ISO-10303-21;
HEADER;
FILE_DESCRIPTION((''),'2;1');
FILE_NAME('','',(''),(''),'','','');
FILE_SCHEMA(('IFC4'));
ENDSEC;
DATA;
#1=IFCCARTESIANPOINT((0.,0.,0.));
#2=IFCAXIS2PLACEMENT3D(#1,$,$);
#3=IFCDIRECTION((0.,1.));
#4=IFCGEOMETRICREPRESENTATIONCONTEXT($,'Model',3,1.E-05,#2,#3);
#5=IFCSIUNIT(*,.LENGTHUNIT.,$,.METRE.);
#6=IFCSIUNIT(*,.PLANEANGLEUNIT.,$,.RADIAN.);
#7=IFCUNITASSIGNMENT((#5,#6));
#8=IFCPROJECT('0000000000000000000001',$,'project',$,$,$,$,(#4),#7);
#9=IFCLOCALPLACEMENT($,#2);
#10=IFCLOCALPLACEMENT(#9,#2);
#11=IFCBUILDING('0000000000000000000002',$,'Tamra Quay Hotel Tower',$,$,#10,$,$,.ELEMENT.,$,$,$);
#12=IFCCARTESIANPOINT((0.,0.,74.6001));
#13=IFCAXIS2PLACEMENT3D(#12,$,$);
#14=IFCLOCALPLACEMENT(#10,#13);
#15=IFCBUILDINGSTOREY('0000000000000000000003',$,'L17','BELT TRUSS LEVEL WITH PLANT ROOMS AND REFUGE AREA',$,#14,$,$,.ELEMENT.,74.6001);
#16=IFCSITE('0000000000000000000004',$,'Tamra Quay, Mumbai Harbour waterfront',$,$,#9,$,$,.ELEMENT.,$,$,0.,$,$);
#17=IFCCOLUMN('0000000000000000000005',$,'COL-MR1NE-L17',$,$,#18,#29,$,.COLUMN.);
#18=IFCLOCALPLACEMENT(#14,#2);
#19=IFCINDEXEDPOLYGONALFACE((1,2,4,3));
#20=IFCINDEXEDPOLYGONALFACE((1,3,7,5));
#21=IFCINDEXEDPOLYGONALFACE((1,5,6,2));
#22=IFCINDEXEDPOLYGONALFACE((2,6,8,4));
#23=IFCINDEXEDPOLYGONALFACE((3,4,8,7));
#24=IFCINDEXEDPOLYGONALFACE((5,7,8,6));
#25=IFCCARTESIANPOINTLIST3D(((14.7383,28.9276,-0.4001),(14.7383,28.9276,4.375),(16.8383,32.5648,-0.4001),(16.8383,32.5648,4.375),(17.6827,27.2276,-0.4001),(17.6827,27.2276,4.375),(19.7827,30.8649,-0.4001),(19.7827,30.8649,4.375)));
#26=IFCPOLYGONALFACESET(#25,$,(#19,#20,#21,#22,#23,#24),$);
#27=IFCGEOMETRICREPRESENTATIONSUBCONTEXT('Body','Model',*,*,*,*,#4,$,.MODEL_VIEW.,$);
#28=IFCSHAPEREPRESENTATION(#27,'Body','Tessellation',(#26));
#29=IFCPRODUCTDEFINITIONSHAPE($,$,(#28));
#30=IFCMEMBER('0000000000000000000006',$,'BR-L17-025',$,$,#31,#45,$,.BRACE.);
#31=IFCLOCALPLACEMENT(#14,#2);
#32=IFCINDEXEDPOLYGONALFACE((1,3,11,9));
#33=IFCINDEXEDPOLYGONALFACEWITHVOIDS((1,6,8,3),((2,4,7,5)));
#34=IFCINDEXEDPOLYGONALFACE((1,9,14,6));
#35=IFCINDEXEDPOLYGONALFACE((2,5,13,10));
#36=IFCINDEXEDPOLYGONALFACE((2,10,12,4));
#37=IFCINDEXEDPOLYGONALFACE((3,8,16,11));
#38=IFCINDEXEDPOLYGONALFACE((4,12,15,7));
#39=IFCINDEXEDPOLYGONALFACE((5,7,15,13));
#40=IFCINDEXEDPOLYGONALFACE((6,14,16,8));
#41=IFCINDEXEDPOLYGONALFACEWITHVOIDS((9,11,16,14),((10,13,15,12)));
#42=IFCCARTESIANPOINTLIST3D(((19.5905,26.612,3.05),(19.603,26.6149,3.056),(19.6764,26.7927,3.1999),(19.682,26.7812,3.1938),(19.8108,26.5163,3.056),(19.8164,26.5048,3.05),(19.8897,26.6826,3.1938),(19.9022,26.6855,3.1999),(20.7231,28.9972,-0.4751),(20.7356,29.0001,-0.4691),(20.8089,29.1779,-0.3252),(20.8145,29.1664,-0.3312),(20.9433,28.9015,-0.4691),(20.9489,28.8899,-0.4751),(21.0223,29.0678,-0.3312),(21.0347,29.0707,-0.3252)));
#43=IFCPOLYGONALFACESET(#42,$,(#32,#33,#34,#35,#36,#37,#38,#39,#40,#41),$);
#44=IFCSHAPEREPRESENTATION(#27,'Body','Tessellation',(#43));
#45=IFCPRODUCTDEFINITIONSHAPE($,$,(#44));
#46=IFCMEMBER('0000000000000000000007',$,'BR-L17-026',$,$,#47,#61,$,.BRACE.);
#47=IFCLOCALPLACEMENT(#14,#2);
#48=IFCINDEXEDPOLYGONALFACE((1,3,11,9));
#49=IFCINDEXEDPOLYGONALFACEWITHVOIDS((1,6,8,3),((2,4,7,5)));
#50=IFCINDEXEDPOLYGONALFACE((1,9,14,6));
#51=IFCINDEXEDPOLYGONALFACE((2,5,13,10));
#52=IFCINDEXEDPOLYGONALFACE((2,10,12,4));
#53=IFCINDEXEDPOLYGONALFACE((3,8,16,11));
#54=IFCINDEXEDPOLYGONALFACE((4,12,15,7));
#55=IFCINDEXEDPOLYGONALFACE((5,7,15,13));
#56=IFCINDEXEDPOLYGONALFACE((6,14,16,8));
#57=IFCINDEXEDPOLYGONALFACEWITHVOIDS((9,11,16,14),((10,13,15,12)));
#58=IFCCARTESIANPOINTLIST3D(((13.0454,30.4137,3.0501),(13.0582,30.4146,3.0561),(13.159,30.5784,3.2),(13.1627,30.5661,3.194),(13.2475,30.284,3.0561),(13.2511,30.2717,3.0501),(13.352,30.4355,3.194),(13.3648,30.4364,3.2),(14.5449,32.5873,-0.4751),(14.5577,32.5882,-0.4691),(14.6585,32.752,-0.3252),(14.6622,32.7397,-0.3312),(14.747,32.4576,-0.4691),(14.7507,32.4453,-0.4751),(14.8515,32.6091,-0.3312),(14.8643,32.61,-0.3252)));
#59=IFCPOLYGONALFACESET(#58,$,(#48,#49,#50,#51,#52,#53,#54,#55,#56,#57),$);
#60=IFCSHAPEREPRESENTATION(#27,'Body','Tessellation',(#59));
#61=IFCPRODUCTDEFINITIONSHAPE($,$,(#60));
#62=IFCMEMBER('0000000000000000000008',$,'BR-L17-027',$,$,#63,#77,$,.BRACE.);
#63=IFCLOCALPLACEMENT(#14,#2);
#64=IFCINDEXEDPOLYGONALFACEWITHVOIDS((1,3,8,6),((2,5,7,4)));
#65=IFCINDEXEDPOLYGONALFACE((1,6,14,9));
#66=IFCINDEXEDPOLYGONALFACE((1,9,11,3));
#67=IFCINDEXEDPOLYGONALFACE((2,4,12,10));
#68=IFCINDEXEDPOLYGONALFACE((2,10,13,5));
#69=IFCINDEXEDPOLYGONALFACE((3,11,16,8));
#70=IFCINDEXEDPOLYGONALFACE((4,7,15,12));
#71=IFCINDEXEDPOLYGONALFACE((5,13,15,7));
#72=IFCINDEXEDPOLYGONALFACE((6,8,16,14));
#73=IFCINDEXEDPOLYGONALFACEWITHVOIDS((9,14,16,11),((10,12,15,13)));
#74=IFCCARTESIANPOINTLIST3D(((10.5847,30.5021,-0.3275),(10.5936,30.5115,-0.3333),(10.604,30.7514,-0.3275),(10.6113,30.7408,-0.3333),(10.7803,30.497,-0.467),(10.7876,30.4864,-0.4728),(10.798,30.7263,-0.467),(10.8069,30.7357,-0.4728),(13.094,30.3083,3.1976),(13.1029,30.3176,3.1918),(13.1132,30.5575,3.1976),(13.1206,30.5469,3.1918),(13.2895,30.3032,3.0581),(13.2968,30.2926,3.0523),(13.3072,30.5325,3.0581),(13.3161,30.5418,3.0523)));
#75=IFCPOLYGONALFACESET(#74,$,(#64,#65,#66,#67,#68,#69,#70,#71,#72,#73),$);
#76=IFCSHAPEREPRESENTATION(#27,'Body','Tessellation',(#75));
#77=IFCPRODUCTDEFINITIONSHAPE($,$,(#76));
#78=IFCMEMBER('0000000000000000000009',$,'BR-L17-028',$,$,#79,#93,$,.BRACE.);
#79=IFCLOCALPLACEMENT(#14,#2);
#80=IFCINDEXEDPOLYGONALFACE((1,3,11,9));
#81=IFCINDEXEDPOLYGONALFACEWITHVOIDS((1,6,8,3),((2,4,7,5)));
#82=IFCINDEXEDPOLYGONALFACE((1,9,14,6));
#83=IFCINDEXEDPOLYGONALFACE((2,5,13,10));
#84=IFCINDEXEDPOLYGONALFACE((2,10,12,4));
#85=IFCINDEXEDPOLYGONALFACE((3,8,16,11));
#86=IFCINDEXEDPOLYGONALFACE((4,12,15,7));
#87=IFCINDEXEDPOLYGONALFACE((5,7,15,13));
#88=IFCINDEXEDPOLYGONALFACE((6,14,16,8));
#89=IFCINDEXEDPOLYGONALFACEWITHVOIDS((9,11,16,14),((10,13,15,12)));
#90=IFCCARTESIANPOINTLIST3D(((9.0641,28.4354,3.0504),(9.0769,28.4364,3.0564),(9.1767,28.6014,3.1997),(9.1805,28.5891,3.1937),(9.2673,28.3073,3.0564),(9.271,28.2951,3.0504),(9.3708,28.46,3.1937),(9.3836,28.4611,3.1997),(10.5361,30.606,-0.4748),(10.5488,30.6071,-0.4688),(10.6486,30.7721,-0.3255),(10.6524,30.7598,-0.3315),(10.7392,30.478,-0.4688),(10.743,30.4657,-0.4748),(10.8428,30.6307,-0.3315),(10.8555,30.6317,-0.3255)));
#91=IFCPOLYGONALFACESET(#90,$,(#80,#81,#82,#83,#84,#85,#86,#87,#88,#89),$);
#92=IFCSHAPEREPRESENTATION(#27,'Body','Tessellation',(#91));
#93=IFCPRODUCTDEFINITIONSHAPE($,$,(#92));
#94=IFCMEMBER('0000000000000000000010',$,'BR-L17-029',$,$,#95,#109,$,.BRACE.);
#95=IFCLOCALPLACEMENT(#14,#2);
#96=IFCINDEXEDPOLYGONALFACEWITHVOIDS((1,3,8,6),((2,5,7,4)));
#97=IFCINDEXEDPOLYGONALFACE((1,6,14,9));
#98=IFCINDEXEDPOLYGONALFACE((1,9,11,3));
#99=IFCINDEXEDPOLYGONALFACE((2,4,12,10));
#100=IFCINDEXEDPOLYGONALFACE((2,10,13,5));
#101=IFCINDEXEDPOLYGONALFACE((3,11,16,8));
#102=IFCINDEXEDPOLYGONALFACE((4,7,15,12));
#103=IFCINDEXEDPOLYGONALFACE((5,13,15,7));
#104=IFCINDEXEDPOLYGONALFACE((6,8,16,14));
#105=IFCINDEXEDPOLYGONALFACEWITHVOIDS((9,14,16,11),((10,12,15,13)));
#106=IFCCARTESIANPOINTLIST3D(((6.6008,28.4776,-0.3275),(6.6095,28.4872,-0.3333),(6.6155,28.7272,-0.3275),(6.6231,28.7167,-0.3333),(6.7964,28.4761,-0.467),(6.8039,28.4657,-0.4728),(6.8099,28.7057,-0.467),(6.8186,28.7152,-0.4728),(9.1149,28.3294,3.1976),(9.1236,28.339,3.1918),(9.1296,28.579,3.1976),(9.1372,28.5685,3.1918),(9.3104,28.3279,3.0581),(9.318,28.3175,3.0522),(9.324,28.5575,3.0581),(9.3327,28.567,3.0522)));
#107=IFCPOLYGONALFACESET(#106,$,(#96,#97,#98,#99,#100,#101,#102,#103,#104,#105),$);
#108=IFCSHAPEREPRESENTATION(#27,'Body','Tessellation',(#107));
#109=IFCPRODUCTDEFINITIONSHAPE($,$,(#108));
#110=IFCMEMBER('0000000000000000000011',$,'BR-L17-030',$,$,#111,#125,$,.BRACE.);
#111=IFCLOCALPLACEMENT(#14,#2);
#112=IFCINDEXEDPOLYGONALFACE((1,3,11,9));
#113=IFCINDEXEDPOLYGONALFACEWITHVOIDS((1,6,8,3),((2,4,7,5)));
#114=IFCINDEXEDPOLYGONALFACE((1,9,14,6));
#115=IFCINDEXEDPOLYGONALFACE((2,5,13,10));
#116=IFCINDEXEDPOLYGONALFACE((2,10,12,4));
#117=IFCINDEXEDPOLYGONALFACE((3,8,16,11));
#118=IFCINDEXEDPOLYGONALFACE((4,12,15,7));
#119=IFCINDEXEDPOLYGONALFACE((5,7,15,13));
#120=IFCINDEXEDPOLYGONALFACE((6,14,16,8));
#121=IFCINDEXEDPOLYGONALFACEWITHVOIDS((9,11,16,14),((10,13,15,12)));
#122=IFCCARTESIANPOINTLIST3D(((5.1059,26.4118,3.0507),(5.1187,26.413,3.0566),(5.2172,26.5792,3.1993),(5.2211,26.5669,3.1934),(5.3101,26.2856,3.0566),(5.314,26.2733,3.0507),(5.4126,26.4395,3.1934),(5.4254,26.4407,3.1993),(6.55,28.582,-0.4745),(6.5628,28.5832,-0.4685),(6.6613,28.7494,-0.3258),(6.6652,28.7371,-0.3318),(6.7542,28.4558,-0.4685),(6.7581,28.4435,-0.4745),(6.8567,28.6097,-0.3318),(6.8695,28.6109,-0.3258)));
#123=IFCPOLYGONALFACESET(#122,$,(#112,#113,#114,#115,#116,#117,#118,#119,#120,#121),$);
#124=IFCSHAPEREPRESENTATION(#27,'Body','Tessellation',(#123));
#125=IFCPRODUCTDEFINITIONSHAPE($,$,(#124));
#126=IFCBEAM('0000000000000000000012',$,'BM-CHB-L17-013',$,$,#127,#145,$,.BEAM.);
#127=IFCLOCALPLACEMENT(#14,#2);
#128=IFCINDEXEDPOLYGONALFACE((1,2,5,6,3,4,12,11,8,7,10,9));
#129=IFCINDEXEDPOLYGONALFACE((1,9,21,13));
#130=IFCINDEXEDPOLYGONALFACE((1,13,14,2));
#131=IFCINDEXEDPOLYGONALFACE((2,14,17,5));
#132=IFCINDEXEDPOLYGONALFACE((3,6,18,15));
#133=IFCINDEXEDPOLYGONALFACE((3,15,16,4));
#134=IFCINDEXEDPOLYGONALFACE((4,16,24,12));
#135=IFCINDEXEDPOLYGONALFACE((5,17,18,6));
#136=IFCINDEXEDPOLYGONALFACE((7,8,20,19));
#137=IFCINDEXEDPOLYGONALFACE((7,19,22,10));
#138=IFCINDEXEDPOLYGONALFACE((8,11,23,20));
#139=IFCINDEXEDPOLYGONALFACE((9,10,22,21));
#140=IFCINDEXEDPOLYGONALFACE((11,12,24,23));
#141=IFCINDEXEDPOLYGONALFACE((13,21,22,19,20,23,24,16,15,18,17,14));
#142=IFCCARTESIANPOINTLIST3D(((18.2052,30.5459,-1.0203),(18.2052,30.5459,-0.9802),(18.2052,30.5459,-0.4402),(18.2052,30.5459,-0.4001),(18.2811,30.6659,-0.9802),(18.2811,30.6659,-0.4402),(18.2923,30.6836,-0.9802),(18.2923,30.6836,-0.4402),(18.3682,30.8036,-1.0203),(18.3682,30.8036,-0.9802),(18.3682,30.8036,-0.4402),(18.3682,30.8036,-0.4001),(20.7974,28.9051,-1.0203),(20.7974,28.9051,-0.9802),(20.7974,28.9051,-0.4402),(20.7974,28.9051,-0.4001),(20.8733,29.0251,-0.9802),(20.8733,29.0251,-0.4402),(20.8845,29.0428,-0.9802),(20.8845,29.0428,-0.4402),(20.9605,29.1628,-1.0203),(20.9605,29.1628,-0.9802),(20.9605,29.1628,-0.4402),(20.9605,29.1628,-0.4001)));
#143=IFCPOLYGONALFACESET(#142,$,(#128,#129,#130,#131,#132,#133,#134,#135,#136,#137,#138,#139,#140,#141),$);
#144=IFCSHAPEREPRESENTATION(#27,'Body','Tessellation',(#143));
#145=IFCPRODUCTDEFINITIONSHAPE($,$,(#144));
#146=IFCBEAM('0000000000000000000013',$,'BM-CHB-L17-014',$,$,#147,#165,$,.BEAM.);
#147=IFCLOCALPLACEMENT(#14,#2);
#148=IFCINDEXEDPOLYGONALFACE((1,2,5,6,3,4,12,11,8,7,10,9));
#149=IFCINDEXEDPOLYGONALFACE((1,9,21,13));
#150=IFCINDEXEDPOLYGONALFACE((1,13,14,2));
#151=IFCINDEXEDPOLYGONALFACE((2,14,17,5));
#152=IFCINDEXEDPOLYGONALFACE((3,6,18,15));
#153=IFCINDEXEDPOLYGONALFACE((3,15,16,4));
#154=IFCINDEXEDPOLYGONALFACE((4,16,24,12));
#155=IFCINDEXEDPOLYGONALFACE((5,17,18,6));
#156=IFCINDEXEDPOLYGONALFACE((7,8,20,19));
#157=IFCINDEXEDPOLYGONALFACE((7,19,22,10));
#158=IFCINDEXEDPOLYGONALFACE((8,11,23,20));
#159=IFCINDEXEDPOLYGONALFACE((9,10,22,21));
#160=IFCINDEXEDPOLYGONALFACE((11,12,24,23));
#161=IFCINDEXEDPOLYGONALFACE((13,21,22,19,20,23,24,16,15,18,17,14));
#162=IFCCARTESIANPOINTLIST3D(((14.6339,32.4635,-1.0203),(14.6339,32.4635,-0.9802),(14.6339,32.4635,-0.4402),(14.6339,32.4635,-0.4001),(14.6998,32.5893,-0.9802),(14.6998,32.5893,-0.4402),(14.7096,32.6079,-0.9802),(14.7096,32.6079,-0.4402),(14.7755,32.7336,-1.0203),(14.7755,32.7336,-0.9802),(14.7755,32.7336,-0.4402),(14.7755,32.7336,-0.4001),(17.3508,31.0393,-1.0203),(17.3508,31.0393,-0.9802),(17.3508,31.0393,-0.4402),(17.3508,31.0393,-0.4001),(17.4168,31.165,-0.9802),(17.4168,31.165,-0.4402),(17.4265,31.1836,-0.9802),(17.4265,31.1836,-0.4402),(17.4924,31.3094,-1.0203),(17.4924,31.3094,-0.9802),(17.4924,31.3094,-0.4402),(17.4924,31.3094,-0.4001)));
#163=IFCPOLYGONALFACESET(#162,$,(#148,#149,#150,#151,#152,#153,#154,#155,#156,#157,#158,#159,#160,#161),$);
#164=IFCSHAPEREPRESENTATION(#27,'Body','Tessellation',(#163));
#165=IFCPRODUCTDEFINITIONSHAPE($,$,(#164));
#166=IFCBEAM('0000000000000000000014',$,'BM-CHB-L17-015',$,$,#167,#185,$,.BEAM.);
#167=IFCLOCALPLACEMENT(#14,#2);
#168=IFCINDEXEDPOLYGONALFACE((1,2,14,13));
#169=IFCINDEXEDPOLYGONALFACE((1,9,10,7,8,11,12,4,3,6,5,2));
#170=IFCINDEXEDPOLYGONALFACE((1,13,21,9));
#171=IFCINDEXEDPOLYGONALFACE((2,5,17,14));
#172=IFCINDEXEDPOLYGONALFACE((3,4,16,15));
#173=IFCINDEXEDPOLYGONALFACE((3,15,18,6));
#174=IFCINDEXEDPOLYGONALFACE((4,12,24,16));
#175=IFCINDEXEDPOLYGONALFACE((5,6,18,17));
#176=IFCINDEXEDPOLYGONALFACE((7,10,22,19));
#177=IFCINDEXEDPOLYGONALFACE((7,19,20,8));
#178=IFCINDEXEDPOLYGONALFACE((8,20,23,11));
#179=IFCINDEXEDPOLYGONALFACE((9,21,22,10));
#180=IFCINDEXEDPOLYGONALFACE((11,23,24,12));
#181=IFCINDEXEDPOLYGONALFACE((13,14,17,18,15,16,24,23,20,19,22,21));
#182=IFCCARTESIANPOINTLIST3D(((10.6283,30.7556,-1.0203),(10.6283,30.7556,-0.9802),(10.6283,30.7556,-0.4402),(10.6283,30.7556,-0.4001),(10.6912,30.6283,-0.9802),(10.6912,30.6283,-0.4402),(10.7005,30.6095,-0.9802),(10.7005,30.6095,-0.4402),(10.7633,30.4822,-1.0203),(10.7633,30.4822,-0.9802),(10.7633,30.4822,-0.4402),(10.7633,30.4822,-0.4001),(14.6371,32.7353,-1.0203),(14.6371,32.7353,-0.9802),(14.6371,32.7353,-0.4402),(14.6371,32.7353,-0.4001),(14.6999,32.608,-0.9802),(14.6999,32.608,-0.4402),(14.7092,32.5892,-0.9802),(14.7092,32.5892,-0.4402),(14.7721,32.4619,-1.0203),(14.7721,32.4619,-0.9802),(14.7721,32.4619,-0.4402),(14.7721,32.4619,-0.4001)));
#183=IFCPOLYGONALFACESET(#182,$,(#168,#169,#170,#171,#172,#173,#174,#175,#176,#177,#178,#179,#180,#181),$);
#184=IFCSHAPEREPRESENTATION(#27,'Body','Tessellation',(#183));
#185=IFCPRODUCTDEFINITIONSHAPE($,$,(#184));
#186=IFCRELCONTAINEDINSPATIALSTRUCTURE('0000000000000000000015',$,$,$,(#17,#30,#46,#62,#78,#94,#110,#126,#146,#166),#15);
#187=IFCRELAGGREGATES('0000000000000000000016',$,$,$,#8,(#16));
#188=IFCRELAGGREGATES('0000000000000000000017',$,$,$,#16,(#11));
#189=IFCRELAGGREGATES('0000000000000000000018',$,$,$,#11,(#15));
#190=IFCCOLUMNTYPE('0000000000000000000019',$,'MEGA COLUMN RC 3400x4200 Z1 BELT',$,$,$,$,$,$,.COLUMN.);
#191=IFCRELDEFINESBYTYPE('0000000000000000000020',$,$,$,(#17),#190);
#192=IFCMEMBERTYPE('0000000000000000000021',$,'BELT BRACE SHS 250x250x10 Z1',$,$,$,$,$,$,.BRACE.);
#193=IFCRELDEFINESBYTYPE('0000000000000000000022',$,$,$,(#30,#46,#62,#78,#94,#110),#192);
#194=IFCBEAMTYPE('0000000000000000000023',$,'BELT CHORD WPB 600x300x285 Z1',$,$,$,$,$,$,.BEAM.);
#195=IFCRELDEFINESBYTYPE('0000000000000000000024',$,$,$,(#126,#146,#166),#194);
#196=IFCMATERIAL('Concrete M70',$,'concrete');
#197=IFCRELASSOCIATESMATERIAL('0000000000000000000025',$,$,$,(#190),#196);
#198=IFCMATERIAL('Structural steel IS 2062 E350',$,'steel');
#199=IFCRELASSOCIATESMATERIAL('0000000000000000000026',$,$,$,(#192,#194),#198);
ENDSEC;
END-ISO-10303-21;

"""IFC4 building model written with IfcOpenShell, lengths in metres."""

from ifc_helpers import new_model, si_unit, direction, frame, origin, origin_2d, place, context, subcontext, project, spatial, rectangle, hollow_rectangle, i_section, extrude, material, material_profile, profile_set, type_object, element, save


model = new_model("IFC4")

# Units and contexts
model_context = context("Model", 3, precision=1e-05, world=origin(), true_north=direction((0.0, 1.0)))
body_context = subcontext(model_context, "Body", "Model", "MODEL_VIEW")
ifc_project = project(units=[si_unit("LENGTHUNIT", "METRE"), si_unit("PLANEANGLEUNIT", "RADIAN")], contexts=[model_context])

# Site, building, storey
site_placement = place(None, origin())
site = spatial("IfcSite", under=ifc_project, at=site_placement, Name="Tamra Quay, Mumbai Harbour waterfront", CompositionType="ELEMENT", RefElevation=0.0)
building_placement = place(site_placement, origin())
building = spatial("IfcBuilding", under=site, at=building_placement, Name="Tamra Quay Hotel Tower", CompositionType="ELEMENT")
storey_placement = place(building_placement, frame((0.0, 0.0, 74.6001)))
storey = spatial("IfcBuildingStorey", under=building, at=storey_placement, Name="L17", Description="BELT TRUSS LEVEL WITH PLANT ROOMS AND REFUGE AREA", CompositionType="ELEMENT", Elevation=74.6001)

# Column
ifc_material_1 = material(Name="Concrete M70", Category="concrete")
ifc_material_profile_1 = material_profile(ifc_material_1, rectangle(XDim=4.2, YDim=3.3999, at=origin_2d()), Name="MEGA COLUMN RC 3400x4200 Z1 BELT")
ifc_profile_set_1 = profile_set([ifc_material_profile_1], Name="Concrete M70")
column_type = type_object("IfcColumnType", Name="MEGA COLUMN RC 3400x4200 Z1 BELT", PredefinedType="COLUMN", material=ifc_profile_set_1)
column_placement = place(storey_placement, frame((17.2605, 29.8962, -0.4001), z_axis=(0.0, 0.0, 1.0), x_axis=(0.5, 0.866025, 0.0)))
element("IfcColumn", 1, at=column_placement, inside=storey, type_object=column_type, Name="COL-MR1NE-L17", PredefinedType="COLUMN", context=body_context, shape_type="SweptSolid", body=[
    extrude(rectangle(XDim=4.2, YDim=3.3999, at=origin_2d()), origin(), (0.0, 0.0, 1.0), 4.7751),
])

# Members
ifc_material_2 = material(Name="Structural steel IS 2062 E350", Category="steel")
ifc_material_profile_2 = material_profile(ifc_material_2, hollow_rectangle(XDim=0.25, YDim=0.25, WallThickness=0.01, at=origin_2d()), Name="SHS 250x250x10")
ifc_profile_set_2 = profile_set([ifc_material_profile_2], Name="Structural steel IS 2062 E350")
member_type = type_object("IfcMemberType", Name="BELT BRACE SHS 250x250x10 Z1", PredefinedType="BRACE", material=ifc_profile_set_2)
member_1_placement = place(storey_placement, frame((20.8789, 29.0339, -0.4001), z_axis=(-0.257144, -0.541561, 0.800368), x_axis=(0.90334, -0.428925, 0.0)))
element("IfcMember", 2, at=member_1_placement, inside=storey, type_object=member_type, Name="BR-L17-025", PredefinedType="BRACE", context=body_context, shape_type="SweptSolid", body=[
    extrude(hollow_rectangle(XDim=0.25, YDim=0.25, WallThickness=0.01, at=origin_2d()), origin(), (0.0, 0.0, 1.0), 4.4043),
])
member_2_placement = place(storey_placement, frame((14.7046, 32.5986, -0.4001), z_axis=(-0.34045, -0.493491, 0.80035), x_axis=(0.823126, -0.567858, 0.0)))
element("IfcMember", 3, at=member_2_placement, inside=storey, type_object=member_type, Name="BR-L17-026", PredefinedType="BRACE", context=body_context, shape_type="SweptSolid", body=[
    extrude(hollow_rectangle(XDim=0.25, YDim=0.25, WallThickness=0.01, at=origin_2d()), origin(), (0.0, 0.0, 1.0), 4.4045),
])
member_3_placement = place(storey_placement, frame((10.6958, 30.6189, -0.4001), z_axis=(0.579327, -0.044754, 0.813865), x_axis=(0.077023, 0.997029, 0.0)))
element("IfcMember", 4, at=member_3_placement, inside=storey, type_object=member_type, Name="BR-L17-027", PredefinedType="BRACE", context=body_context, shape_type="SweptSolid", body=[
    extrude(hollow_rectangle(XDim=0.25, YDim=0.25, WallThickness=0.01, at=origin_2d()), origin(), (0.0, 0.0, 1.0), 4.3313),
])
member_4_placement = place(storey_placement, frame((10.6958, 30.6189, -0.4001), z_axis=(-0.335005, -0.494033, 0.802311), x_axis=(0.827656, -0.561235, 0.0)))
element("IfcMember", 5, at=member_4_placement, inside=storey, type_object=member_type, Name="BR-L17-028", PredefinedType="BRACE", context=body_context, shape_type="SweptSolid", body=[
    extrude(hollow_rectangle(XDim=0.25, YDim=0.25, WallThickness=0.01, at=origin_2d()), origin(), (0.0, 0.0, 1.0), 4.3938),
])
member_5_placement = place(storey_placement, frame((6.7097, 28.5964, -0.4001), z_axis=(0.580317, -0.034206, 0.813672), x_axis=(0.058841, 0.998267, 0.0)))
element("IfcMember", 6, at=member_5_placement, inside=storey, type_object=member_type, Name="BR-L17-029", PredefinedType="BRACE", context=body_context, shape_type="SweptSolid", body=[
    extrude(hollow_rectangle(XDim=0.25, YDim=0.25, WallThickness=0.01, at=origin_2d()), origin(), (0.0, 0.0, 1.0), 4.3323),
])
member_6_placement = place(storey_placement, frame((6.7097, 28.5964, -0.4001), z_axis=(-0.329381, -0.494991, 0.804047), x_axis=(0.832525, -0.553987, 0.0)))
element("IfcMember", 7, at=member_6_placement, inside=storey, type_object=member_type, Name="BR-L17-030", PredefinedType="BRACE", context=body_context, shape_type="SweptSolid", body=[
    extrude(hollow_rectangle(XDim=0.25, YDim=0.25, WallThickness=0.01, at=origin_2d()), origin(), (0.0, 0.0, 1.0), 4.3843),
])

# Beams
ifc_material_profile_3 = material_profile(ifc_material_2, i_section(OverallWidth=0.3049, OverallDepth=0.6201, WebThickness=0.021, FlangeThickness=0.04, at=origin_2d()), Name="WPB 600x300x285")
ifc_profile_set_3 = profile_set([ifc_material_profile_3], Name="Structural steel IS 2062 E350")
beam_type_1 = type_object("IfcBeamType", Name="BELT CHORD WPB 600x300x285 Z1", PredefinedType="BEAM", material=ifc_profile_set_3)
beam_1_placement = place(storey_placement, frame((20.8789, 29.0339, -0.7102), z_axis=(-0.844953, 0.53484, 0.0), x_axis=(-0.53484, -0.844953, 0.0)))
element("IfcBeam", 8, at=beam_1_placement, inside=storey, type_object=beam_type_1, Name="BM-CHB-L17-013", PredefinedType="BEAM", context=body_context, shape_type="SweptSolid", body=[
    extrude(i_section(OverallWidth=0.3049, OverallDepth=0.6201, WebThickness=0.021, FlangeThickness=0.04, at=origin_2d()), origin(), (0.0, 0.0, 1.0), 3.0679),
])
beam_2_placement = place(storey_placement, frame((17.4216, 31.1743, -0.7102), z_axis=(-0.885684, 0.464289, 0.0), x_axis=(-0.464289, -0.885684, 0.0)))
element("IfcBeam", 9, at=beam_2_placement, inside=storey, type_object=beam_type_1, Name="BM-CHB-L17-014", PredefinedType="BEAM", context=body_context, shape_type="SweptSolid", body=[
    extrude(i_section(OverallWidth=0.3049, OverallDepth=0.6201, WebThickness=0.021, FlangeThickness=0.04, at=origin_2d()), origin(), (0.0, 0.0, 1.0), 3.0676),
])
beam_3_placement = place(storey_placement, frame((14.7046, 32.5986, -0.7102), z_axis=(-0.896622, -0.442796, 0.0), x_axis=(0.442796, -0.896622, 0.0)))
element("IfcBeam", 10, at=beam_3_placement, inside=storey, type_object=beam_type_1, Name="BM-CHB-L17-015", PredefinedType="BEAM", context=body_context, shape_type="SweptSolid", body=[
    extrude(i_section(OverallWidth=0.3049, OverallDepth=0.6201, WebThickness=0.021, FlangeThickness=0.04, at=origin_2d()), origin(), (0.0, 0.0, 1.0), 4.4709),
])

save(model, "model.ifc")
